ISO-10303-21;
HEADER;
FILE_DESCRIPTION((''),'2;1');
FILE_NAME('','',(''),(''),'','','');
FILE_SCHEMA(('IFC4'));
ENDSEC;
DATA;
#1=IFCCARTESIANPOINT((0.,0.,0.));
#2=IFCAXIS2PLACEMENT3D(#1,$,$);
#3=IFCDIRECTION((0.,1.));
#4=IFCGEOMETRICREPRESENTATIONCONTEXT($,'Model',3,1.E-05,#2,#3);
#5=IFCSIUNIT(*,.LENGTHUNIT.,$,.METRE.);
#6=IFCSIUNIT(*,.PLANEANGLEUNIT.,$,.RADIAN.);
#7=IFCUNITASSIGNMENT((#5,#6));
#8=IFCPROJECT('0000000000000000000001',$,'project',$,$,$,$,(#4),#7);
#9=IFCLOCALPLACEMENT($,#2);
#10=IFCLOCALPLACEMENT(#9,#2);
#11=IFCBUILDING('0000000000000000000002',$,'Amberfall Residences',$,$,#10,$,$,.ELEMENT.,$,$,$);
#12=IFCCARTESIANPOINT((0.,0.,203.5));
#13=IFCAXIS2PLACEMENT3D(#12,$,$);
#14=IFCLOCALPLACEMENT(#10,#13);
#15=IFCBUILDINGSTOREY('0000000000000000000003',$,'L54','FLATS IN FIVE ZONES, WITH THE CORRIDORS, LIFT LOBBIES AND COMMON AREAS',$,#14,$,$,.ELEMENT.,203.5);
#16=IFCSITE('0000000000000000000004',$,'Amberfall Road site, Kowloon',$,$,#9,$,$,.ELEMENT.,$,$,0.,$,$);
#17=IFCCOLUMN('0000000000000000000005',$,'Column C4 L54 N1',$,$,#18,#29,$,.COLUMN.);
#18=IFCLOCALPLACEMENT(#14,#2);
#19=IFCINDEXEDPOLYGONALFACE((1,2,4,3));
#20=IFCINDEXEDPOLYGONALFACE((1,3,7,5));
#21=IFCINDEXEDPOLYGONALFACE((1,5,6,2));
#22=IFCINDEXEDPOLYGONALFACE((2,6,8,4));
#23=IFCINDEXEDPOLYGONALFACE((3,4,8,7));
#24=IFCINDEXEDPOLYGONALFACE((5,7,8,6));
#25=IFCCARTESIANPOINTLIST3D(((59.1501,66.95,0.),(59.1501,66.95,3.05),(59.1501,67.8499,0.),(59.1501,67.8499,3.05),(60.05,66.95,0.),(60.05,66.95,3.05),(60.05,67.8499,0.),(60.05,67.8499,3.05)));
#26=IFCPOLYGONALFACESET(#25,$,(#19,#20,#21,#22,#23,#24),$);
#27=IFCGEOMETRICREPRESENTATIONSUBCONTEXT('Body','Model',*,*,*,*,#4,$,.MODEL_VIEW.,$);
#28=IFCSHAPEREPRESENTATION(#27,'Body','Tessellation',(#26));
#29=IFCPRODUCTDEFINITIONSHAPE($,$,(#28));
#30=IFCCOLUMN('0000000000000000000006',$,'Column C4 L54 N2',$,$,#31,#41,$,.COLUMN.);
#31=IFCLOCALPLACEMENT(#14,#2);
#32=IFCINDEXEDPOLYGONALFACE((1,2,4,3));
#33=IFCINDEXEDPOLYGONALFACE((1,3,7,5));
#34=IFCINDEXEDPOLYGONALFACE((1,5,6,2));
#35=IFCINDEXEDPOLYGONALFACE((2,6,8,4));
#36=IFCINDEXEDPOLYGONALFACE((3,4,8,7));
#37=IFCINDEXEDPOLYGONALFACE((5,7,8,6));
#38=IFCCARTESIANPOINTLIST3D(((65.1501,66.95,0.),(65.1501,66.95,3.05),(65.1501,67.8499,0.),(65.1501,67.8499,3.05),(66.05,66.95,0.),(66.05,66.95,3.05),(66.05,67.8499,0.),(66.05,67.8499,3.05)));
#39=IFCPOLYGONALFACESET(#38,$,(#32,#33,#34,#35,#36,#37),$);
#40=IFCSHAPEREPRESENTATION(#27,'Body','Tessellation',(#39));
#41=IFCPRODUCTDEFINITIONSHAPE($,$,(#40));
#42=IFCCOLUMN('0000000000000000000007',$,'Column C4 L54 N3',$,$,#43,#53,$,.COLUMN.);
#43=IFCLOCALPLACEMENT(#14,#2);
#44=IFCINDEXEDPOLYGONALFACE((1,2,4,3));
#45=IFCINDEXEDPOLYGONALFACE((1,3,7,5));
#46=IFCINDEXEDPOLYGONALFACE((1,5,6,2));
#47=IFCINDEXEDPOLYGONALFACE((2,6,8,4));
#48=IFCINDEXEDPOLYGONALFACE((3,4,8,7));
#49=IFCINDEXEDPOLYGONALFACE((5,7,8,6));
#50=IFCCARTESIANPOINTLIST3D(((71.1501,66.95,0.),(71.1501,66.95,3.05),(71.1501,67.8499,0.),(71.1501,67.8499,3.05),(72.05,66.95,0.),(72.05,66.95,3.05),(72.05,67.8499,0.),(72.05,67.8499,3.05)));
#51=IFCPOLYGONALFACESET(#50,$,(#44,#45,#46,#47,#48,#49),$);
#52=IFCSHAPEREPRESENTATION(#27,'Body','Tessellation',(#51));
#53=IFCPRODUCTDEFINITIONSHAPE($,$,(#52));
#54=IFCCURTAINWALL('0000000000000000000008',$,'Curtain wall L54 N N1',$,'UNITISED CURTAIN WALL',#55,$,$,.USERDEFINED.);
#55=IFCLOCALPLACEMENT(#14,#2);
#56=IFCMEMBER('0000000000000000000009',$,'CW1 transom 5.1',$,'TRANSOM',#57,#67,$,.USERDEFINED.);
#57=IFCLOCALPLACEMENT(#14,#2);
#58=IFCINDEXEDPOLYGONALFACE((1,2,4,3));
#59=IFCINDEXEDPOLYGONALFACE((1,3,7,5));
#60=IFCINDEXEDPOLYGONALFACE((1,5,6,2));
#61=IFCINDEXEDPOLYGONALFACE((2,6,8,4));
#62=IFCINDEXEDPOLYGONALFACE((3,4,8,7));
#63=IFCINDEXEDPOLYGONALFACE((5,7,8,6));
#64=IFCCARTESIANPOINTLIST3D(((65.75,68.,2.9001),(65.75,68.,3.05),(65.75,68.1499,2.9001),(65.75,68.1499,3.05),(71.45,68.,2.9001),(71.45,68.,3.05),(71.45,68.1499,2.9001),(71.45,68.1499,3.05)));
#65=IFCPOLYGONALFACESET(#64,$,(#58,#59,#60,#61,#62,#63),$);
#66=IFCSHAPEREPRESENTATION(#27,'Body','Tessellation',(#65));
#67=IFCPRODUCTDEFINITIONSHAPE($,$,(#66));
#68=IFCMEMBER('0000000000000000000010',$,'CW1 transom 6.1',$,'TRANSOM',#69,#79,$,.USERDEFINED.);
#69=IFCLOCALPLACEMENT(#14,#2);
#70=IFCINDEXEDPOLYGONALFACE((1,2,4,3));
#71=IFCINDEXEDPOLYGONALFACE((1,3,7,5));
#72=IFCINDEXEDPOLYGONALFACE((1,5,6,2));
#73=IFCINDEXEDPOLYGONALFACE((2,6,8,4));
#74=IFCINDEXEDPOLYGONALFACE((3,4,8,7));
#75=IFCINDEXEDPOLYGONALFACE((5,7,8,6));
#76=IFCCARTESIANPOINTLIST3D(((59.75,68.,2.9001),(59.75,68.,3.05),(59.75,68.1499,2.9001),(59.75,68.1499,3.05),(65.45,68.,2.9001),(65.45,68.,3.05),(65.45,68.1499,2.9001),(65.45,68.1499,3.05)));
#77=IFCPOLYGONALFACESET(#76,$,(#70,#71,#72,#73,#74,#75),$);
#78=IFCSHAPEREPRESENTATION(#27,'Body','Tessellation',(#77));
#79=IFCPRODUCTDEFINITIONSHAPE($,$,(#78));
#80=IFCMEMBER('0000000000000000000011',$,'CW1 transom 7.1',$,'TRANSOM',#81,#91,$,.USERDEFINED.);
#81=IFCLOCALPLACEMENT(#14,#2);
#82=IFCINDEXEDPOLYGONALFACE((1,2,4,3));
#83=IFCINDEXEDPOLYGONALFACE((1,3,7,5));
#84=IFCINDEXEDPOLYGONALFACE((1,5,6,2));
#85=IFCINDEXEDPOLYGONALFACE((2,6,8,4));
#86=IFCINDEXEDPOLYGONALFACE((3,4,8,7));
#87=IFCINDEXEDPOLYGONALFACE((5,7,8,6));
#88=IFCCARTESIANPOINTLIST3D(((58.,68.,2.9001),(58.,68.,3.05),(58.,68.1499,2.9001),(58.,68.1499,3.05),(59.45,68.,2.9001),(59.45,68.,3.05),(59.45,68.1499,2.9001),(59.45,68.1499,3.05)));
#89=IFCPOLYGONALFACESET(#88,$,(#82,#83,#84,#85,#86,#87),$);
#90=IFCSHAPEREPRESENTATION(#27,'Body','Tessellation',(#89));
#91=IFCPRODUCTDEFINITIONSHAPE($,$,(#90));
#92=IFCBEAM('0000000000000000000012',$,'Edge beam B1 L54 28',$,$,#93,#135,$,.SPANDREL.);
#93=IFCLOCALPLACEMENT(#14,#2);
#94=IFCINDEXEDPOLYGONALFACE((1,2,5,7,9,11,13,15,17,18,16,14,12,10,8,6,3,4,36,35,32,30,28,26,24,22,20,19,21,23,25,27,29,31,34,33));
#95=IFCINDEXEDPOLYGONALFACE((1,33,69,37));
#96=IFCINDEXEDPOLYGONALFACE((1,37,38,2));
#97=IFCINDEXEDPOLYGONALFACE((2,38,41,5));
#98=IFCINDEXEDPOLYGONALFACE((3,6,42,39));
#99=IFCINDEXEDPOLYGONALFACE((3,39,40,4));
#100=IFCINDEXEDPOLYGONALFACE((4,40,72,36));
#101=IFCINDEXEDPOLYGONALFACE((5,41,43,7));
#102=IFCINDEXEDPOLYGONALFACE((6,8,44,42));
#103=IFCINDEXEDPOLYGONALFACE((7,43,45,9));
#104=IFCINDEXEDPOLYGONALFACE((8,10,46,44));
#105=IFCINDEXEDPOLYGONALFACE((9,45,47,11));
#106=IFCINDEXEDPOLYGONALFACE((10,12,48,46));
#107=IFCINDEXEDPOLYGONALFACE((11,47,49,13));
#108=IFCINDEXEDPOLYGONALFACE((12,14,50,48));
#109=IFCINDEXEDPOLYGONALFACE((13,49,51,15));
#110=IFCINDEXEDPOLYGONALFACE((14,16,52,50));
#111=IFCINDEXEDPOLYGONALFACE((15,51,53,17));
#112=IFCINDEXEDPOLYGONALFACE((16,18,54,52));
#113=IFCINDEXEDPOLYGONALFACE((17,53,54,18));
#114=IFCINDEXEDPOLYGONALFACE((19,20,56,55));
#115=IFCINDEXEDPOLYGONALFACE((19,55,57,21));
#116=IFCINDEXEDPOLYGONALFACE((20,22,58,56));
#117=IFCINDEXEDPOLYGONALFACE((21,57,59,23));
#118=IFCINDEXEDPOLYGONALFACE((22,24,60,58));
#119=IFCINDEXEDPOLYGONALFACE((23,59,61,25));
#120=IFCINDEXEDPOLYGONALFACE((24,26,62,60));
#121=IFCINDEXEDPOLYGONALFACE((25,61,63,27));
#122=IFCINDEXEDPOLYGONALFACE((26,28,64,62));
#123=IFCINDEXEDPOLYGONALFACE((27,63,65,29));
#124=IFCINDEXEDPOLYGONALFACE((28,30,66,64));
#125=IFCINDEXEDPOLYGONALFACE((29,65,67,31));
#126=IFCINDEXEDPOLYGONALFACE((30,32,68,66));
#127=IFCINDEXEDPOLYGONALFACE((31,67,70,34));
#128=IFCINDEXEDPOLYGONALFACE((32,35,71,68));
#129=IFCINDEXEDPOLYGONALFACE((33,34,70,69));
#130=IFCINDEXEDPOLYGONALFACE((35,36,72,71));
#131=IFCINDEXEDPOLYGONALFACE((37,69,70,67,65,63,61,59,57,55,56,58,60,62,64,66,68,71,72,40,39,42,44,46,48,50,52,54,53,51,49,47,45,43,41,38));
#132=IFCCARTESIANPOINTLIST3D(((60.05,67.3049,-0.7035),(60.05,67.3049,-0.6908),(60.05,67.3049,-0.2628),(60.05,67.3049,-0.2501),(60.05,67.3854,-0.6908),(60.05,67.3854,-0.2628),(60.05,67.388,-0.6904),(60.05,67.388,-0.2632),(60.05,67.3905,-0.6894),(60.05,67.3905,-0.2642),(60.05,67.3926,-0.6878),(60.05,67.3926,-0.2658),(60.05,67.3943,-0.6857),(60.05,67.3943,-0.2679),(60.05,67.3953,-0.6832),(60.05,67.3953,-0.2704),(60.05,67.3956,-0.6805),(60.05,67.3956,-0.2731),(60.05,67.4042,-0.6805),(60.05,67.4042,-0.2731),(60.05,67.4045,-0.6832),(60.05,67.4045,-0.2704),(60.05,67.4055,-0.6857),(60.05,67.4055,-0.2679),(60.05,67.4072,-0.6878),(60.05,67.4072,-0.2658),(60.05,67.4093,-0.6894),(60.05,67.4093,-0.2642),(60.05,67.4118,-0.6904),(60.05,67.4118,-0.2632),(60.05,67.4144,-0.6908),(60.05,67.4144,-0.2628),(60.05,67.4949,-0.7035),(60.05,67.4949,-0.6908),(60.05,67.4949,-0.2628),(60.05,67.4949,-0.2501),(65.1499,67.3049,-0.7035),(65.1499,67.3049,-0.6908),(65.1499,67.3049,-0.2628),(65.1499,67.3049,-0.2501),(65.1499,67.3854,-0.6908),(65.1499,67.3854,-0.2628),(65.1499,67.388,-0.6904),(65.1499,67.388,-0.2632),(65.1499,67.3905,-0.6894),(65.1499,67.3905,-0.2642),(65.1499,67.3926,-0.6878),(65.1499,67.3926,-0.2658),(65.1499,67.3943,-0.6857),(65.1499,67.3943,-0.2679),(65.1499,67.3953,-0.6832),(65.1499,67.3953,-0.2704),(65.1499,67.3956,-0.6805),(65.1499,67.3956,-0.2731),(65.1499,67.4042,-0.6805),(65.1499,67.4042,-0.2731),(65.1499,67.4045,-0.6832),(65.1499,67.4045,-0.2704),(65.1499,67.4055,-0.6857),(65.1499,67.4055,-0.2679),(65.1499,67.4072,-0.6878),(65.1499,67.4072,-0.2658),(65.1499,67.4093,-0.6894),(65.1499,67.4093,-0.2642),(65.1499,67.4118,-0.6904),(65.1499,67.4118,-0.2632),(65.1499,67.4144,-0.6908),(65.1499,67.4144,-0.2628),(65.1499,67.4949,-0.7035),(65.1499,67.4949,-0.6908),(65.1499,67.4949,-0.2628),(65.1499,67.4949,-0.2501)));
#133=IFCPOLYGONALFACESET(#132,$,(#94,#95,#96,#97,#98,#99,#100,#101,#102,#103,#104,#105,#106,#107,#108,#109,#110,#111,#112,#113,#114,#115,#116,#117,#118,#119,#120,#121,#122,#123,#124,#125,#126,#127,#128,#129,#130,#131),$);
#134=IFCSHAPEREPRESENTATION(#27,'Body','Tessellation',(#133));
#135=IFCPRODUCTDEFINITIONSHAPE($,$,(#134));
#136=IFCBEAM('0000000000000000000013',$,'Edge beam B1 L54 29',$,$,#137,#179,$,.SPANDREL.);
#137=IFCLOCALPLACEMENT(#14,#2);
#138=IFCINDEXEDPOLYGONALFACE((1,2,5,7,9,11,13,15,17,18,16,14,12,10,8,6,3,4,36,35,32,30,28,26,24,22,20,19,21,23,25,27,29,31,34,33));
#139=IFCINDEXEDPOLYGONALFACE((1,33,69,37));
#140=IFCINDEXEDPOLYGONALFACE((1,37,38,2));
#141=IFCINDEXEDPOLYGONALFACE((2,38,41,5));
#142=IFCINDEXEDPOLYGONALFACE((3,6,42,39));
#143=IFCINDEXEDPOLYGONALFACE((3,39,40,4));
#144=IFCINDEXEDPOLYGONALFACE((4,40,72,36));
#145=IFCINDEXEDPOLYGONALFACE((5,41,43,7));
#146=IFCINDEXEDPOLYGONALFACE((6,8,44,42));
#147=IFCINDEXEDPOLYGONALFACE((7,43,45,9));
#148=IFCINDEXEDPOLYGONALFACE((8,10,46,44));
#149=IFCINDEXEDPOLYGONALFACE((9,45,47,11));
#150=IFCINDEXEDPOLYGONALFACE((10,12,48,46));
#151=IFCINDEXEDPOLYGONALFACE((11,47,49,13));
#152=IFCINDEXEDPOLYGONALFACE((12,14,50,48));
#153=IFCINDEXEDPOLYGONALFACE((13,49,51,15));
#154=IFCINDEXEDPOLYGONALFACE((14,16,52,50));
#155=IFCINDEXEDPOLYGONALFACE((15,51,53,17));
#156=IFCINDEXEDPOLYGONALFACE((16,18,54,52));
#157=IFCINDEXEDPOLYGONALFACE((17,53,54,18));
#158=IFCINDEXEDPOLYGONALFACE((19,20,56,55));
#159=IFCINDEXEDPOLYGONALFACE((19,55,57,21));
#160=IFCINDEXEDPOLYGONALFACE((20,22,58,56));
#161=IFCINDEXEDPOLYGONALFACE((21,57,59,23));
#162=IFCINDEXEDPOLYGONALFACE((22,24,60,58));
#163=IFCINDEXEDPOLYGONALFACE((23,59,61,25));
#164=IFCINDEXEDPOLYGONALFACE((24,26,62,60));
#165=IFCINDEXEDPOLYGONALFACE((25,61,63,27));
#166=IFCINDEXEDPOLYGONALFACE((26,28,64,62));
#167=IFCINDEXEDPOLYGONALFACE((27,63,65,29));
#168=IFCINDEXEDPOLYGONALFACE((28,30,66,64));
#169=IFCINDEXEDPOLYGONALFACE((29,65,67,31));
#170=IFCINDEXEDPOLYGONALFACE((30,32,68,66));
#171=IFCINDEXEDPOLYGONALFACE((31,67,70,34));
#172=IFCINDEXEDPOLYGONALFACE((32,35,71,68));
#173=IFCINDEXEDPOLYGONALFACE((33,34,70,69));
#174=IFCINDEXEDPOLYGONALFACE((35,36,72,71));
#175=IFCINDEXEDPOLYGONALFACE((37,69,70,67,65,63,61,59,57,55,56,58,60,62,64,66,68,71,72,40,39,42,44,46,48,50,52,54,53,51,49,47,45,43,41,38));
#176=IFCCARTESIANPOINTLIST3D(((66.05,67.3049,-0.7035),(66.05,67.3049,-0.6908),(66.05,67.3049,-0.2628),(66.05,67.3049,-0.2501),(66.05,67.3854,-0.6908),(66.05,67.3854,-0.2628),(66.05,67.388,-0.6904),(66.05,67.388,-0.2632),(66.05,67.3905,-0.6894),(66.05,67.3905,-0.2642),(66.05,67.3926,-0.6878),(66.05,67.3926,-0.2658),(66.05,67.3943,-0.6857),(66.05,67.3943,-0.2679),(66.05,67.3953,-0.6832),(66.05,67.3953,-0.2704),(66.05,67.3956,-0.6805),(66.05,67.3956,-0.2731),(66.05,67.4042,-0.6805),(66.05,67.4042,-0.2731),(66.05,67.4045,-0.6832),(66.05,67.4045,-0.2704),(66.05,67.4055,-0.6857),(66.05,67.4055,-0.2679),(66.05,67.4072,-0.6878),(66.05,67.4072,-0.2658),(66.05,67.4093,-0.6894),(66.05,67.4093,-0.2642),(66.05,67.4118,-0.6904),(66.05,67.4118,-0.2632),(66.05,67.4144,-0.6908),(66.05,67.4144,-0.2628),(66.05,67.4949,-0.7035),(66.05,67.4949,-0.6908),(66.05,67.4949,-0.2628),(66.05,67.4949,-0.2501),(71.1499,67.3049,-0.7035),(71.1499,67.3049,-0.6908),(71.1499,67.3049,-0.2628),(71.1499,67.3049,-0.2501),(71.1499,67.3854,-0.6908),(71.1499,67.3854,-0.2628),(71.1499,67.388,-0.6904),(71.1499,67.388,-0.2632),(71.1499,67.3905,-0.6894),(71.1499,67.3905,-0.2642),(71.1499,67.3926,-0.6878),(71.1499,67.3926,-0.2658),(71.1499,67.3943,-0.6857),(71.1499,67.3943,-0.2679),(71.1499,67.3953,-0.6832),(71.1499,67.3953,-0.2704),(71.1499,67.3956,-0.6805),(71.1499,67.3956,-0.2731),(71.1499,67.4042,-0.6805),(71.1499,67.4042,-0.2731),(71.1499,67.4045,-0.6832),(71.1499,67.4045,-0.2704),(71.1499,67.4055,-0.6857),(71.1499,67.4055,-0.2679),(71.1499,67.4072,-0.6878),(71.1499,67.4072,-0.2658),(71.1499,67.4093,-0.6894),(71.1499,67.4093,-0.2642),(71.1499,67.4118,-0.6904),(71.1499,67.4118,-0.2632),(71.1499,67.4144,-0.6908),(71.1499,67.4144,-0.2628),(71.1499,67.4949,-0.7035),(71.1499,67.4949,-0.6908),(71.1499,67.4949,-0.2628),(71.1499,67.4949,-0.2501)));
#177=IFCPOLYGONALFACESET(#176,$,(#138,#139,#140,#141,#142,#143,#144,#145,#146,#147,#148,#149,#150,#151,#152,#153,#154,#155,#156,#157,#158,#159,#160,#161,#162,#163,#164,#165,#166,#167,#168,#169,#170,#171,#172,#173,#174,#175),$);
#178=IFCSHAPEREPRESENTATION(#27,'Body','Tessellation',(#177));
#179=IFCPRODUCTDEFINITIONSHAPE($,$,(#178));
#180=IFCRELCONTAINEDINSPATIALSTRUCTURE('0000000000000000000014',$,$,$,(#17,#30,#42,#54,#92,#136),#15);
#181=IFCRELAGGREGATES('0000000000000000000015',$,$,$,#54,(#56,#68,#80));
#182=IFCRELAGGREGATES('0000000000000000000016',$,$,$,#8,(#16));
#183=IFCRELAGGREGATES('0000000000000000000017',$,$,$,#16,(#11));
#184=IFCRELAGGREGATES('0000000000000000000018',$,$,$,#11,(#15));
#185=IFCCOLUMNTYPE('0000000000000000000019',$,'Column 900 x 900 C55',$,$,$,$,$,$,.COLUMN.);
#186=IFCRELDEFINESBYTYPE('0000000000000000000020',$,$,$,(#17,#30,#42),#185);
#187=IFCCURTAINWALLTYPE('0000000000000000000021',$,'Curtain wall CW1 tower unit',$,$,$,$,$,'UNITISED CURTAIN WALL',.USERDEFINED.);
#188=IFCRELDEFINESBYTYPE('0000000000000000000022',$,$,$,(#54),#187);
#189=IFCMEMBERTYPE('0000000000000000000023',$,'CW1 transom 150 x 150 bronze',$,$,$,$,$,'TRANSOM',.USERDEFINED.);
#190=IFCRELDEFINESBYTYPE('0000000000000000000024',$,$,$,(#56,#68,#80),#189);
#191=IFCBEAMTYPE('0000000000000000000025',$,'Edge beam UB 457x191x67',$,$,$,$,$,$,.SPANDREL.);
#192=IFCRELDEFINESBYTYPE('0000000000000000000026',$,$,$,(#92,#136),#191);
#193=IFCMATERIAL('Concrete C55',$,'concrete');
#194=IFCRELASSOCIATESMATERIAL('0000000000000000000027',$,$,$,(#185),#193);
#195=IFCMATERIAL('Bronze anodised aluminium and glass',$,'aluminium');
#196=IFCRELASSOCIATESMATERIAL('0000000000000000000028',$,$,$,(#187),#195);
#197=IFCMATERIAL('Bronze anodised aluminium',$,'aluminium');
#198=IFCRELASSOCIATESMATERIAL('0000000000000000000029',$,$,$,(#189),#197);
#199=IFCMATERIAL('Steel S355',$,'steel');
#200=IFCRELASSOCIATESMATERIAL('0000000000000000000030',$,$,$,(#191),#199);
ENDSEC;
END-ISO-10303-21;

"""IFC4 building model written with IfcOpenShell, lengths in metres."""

from ifc_helpers import new_model, si_unit, direction, frame, origin, origin_2d, place, context, subcontext, project, spatial, rectangle, i_section, extrude, material, material_profile, profile_set, type_object, element, aggregate, save


model = new_model("IFC4")

# Units and contexts
model_context = context("Model", 3, precision=1e-05, world=origin(), true_north=direction((0.0, 1.0)))
body_context = subcontext(model_context, "Body", "Model", "MODEL_VIEW")
ifc_project = project(units=[si_unit("LENGTHUNIT", "METRE"), si_unit("PLANEANGLEUNIT", "RADIAN")], contexts=[model_context])

# Site, building, storey
site_placement = place(None, origin())
site = spatial("IfcSite", under=ifc_project, at=site_placement, Name="Amberfall Road site, Kowloon", CompositionType="ELEMENT", RefElevation=0.0)
building_placement = place(site_placement, origin())
building = spatial("IfcBuilding", under=site, at=building_placement, Name="Amberfall Residences", CompositionType="ELEMENT")
storey_placement = place(building_placement, frame((0.0, 0.0, 203.5)))
storey = spatial("IfcBuildingStorey", under=building, at=storey_placement, Name="L54", Description="FLATS IN FIVE ZONES, WITH THE CORRIDORS, LIFT LOBBIES AND COMMON AREAS", CompositionType="ELEMENT", Elevation=203.5)

# Columns
ifc_material_1 = material(Name="Concrete C55", Category="concrete")
ifc_material_profile_1 = material_profile(ifc_material_1, rectangle(XDim=0.8999, YDim=0.8999, at=origin_2d()), Name="Column 900 x 900 C55")
ifc_profile_set_1 = profile_set([ifc_material_profile_1], Name="Concrete C55")
column_type = type_object("IfcColumnType", Name="Column 900 x 900 C55", PredefinedType="COLUMN", material=ifc_profile_set_1)
for number, where, z_axis, x_axis, name in (
    (1, (59.6001, 67.3999, 0.0), (0.0, 0.0, 1.0), (1.0, 0.0, 0.0), "Column C4 L54 N1"),
    (2, (65.6001, 67.3999, 0.0), (0.0, 0.0, 1.0), (1.0, 0.0, 0.0), "Column C4 L54 N2"),
    (3, (71.6001, 67.3999, 0.0), (0.0, 0.0, 1.0), (1.0, 0.0, 0.0), "Column C4 L54 N3"),
):
    element("IfcColumn", number, at=place(storey_placement, frame(where, z_axis=z_axis, x_axis=x_axis)), inside=storey, type_object=column_type, Name=name, PredefinedType="COLUMN", context=body_context, shape_type="SweptSolid", body=[
        extrude(rectangle(XDim=0.8999, YDim=0.8999, at=origin_2d()), origin(), (0.0, 0.0, 1.0), 3.05),
    ])

# Curtain wall, members
ifc_material_2 = material(Name="Bronze anodised aluminium and glass", Category="aluminium")
curtain_wall_type = type_object("IfcCurtainWallType", Name="Curtain wall CW1 tower unit", ElementType="UNITISED CURTAIN WALL", PredefinedType="USERDEFINED", material=ifc_material_2)
curtain_wall_placement = place(storey_placement, origin())
curtain_wall = element("IfcCurtainWall", 4, at=curtain_wall_placement, inside=storey, type_object=curtain_wall_type, Name="Curtain wall L54 N N1", ObjectType="UNITISED CURTAIN WALL", PredefinedType="USERDEFINED")
ifc_material_3 = material(Name="Bronze anodised aluminium", Category="aluminium")
ifc_material_profile_2 = material_profile(ifc_material_3, rectangle(XDim=0.1499, YDim=0.1499, at=origin_2d()), Name="CW1 transom 150 x 150 bronze")
ifc_profile_set_2 = profile_set([ifc_material_profile_2], Name="Bronze anodised aluminium")
member_type_1 = type_object("IfcMemberType", Name="CW1 transom 150 x 150 bronze", ElementType="TRANSOM", PredefinedType="USERDEFINED", material=ifc_profile_set_2)
member_1_placement = place(storey_placement, frame((71.45, 68.075, 2.9751), z_axis=(-1.0, 0.0, 0.0), x_axis=(0.0, -1.0, 0.0)))
member_1 = element("IfcMember", 5, at=member_1_placement, type_object=member_type_1, Name="CW1 transom 5.1", ObjectType="TRANSOM", PredefinedType="USERDEFINED", context=body_context, shape_type="SweptSolid", body=[
    extrude(rectangle(XDim=0.1499, YDim=0.1499, at=origin_2d()), origin(), (0.0, 0.0, 1.0), 5.7),
])
member_2_placement = place(storey_placement, frame((65.45, 68.075, 2.9751), z_axis=(-1.0, 0.0, 0.0), x_axis=(0.0, -1.0, 0.0)))
member_2 = element("IfcMember", 6, at=member_2_placement, type_object=member_type_1, Name="CW1 transom 6.1", ObjectType="TRANSOM", PredefinedType="USERDEFINED", context=body_context, shape_type="SweptSolid", body=[
    extrude(rectangle(XDim=0.1499, YDim=0.1499, at=origin_2d()), origin(), (0.0, 0.0, 1.0), 5.7),
])
member_3_placement = place(storey_placement, frame((59.45, 68.075, 2.9751), z_axis=(-1.0, 0.0, 0.0), x_axis=(0.0, -1.0, 0.0)))
member_3 = element("IfcMember", 7, at=member_3_placement, type_object=member_type_1, Name="CW1 transom 7.1", ObjectType="TRANSOM", PredefinedType="USERDEFINED", context=body_context, shape_type="SweptSolid", body=[
    extrude(rectangle(XDim=0.1499, YDim=0.1499, at=origin_2d()), origin(), (0.0, 0.0, 1.0), 1.45),
])

# Beams
ifc_material_4 = material(Name="Steel S355", Category="steel")
ifc_material_profile_3 = material_profile(ifc_material_4, i_section(OverallWidth=0.1899, OverallDepth=0.4534, WebThickness=0.0085, FlangeThickness=0.0127, FilletRadius=0.0103, at=origin_2d()), Name="UB 457x191x67")
ifc_profile_set_3 = profile_set([ifc_material_profile_3], Name="Steel S355")
beam_type_1 = type_object("IfcBeamType", Name="Edge beam UB 457x191x67", PredefinedType="SPANDREL", material=ifc_profile_set_3)
for number, where, z_axis, x_axis, name in (
    (8, (60.05, 67.3999, -0.4768), (1.0, 0.0, 0.0), (0.0, 1.0, 0.0), "Edge beam B1 L54 28"),
    (9, (66.05, 67.3999, -0.4768), (1.0, 0.0, 0.0), (0.0, 1.0, 0.0), "Edge beam B1 L54 29"),
):
    element("IfcBeam", number, at=place(storey_placement, frame(where, z_axis=z_axis, x_axis=x_axis)), inside=storey, type_object=beam_type_1, Name=name, PredefinedType="SPANDREL", context=body_context, shape_type="SweptSolid", body=[
        extrude(i_section(OverallWidth=0.1899, OverallDepth=0.4534, WebThickness=0.0085, FlangeThickness=0.0127, FilletRadius=0.0103, at=origin_2d()), origin(), (0.0, 0.0, 1.0), 5.0999),
    ])

aggregate(curtain_wall, [member_1, member_2, member_3])

save(model, "model.ifc")
